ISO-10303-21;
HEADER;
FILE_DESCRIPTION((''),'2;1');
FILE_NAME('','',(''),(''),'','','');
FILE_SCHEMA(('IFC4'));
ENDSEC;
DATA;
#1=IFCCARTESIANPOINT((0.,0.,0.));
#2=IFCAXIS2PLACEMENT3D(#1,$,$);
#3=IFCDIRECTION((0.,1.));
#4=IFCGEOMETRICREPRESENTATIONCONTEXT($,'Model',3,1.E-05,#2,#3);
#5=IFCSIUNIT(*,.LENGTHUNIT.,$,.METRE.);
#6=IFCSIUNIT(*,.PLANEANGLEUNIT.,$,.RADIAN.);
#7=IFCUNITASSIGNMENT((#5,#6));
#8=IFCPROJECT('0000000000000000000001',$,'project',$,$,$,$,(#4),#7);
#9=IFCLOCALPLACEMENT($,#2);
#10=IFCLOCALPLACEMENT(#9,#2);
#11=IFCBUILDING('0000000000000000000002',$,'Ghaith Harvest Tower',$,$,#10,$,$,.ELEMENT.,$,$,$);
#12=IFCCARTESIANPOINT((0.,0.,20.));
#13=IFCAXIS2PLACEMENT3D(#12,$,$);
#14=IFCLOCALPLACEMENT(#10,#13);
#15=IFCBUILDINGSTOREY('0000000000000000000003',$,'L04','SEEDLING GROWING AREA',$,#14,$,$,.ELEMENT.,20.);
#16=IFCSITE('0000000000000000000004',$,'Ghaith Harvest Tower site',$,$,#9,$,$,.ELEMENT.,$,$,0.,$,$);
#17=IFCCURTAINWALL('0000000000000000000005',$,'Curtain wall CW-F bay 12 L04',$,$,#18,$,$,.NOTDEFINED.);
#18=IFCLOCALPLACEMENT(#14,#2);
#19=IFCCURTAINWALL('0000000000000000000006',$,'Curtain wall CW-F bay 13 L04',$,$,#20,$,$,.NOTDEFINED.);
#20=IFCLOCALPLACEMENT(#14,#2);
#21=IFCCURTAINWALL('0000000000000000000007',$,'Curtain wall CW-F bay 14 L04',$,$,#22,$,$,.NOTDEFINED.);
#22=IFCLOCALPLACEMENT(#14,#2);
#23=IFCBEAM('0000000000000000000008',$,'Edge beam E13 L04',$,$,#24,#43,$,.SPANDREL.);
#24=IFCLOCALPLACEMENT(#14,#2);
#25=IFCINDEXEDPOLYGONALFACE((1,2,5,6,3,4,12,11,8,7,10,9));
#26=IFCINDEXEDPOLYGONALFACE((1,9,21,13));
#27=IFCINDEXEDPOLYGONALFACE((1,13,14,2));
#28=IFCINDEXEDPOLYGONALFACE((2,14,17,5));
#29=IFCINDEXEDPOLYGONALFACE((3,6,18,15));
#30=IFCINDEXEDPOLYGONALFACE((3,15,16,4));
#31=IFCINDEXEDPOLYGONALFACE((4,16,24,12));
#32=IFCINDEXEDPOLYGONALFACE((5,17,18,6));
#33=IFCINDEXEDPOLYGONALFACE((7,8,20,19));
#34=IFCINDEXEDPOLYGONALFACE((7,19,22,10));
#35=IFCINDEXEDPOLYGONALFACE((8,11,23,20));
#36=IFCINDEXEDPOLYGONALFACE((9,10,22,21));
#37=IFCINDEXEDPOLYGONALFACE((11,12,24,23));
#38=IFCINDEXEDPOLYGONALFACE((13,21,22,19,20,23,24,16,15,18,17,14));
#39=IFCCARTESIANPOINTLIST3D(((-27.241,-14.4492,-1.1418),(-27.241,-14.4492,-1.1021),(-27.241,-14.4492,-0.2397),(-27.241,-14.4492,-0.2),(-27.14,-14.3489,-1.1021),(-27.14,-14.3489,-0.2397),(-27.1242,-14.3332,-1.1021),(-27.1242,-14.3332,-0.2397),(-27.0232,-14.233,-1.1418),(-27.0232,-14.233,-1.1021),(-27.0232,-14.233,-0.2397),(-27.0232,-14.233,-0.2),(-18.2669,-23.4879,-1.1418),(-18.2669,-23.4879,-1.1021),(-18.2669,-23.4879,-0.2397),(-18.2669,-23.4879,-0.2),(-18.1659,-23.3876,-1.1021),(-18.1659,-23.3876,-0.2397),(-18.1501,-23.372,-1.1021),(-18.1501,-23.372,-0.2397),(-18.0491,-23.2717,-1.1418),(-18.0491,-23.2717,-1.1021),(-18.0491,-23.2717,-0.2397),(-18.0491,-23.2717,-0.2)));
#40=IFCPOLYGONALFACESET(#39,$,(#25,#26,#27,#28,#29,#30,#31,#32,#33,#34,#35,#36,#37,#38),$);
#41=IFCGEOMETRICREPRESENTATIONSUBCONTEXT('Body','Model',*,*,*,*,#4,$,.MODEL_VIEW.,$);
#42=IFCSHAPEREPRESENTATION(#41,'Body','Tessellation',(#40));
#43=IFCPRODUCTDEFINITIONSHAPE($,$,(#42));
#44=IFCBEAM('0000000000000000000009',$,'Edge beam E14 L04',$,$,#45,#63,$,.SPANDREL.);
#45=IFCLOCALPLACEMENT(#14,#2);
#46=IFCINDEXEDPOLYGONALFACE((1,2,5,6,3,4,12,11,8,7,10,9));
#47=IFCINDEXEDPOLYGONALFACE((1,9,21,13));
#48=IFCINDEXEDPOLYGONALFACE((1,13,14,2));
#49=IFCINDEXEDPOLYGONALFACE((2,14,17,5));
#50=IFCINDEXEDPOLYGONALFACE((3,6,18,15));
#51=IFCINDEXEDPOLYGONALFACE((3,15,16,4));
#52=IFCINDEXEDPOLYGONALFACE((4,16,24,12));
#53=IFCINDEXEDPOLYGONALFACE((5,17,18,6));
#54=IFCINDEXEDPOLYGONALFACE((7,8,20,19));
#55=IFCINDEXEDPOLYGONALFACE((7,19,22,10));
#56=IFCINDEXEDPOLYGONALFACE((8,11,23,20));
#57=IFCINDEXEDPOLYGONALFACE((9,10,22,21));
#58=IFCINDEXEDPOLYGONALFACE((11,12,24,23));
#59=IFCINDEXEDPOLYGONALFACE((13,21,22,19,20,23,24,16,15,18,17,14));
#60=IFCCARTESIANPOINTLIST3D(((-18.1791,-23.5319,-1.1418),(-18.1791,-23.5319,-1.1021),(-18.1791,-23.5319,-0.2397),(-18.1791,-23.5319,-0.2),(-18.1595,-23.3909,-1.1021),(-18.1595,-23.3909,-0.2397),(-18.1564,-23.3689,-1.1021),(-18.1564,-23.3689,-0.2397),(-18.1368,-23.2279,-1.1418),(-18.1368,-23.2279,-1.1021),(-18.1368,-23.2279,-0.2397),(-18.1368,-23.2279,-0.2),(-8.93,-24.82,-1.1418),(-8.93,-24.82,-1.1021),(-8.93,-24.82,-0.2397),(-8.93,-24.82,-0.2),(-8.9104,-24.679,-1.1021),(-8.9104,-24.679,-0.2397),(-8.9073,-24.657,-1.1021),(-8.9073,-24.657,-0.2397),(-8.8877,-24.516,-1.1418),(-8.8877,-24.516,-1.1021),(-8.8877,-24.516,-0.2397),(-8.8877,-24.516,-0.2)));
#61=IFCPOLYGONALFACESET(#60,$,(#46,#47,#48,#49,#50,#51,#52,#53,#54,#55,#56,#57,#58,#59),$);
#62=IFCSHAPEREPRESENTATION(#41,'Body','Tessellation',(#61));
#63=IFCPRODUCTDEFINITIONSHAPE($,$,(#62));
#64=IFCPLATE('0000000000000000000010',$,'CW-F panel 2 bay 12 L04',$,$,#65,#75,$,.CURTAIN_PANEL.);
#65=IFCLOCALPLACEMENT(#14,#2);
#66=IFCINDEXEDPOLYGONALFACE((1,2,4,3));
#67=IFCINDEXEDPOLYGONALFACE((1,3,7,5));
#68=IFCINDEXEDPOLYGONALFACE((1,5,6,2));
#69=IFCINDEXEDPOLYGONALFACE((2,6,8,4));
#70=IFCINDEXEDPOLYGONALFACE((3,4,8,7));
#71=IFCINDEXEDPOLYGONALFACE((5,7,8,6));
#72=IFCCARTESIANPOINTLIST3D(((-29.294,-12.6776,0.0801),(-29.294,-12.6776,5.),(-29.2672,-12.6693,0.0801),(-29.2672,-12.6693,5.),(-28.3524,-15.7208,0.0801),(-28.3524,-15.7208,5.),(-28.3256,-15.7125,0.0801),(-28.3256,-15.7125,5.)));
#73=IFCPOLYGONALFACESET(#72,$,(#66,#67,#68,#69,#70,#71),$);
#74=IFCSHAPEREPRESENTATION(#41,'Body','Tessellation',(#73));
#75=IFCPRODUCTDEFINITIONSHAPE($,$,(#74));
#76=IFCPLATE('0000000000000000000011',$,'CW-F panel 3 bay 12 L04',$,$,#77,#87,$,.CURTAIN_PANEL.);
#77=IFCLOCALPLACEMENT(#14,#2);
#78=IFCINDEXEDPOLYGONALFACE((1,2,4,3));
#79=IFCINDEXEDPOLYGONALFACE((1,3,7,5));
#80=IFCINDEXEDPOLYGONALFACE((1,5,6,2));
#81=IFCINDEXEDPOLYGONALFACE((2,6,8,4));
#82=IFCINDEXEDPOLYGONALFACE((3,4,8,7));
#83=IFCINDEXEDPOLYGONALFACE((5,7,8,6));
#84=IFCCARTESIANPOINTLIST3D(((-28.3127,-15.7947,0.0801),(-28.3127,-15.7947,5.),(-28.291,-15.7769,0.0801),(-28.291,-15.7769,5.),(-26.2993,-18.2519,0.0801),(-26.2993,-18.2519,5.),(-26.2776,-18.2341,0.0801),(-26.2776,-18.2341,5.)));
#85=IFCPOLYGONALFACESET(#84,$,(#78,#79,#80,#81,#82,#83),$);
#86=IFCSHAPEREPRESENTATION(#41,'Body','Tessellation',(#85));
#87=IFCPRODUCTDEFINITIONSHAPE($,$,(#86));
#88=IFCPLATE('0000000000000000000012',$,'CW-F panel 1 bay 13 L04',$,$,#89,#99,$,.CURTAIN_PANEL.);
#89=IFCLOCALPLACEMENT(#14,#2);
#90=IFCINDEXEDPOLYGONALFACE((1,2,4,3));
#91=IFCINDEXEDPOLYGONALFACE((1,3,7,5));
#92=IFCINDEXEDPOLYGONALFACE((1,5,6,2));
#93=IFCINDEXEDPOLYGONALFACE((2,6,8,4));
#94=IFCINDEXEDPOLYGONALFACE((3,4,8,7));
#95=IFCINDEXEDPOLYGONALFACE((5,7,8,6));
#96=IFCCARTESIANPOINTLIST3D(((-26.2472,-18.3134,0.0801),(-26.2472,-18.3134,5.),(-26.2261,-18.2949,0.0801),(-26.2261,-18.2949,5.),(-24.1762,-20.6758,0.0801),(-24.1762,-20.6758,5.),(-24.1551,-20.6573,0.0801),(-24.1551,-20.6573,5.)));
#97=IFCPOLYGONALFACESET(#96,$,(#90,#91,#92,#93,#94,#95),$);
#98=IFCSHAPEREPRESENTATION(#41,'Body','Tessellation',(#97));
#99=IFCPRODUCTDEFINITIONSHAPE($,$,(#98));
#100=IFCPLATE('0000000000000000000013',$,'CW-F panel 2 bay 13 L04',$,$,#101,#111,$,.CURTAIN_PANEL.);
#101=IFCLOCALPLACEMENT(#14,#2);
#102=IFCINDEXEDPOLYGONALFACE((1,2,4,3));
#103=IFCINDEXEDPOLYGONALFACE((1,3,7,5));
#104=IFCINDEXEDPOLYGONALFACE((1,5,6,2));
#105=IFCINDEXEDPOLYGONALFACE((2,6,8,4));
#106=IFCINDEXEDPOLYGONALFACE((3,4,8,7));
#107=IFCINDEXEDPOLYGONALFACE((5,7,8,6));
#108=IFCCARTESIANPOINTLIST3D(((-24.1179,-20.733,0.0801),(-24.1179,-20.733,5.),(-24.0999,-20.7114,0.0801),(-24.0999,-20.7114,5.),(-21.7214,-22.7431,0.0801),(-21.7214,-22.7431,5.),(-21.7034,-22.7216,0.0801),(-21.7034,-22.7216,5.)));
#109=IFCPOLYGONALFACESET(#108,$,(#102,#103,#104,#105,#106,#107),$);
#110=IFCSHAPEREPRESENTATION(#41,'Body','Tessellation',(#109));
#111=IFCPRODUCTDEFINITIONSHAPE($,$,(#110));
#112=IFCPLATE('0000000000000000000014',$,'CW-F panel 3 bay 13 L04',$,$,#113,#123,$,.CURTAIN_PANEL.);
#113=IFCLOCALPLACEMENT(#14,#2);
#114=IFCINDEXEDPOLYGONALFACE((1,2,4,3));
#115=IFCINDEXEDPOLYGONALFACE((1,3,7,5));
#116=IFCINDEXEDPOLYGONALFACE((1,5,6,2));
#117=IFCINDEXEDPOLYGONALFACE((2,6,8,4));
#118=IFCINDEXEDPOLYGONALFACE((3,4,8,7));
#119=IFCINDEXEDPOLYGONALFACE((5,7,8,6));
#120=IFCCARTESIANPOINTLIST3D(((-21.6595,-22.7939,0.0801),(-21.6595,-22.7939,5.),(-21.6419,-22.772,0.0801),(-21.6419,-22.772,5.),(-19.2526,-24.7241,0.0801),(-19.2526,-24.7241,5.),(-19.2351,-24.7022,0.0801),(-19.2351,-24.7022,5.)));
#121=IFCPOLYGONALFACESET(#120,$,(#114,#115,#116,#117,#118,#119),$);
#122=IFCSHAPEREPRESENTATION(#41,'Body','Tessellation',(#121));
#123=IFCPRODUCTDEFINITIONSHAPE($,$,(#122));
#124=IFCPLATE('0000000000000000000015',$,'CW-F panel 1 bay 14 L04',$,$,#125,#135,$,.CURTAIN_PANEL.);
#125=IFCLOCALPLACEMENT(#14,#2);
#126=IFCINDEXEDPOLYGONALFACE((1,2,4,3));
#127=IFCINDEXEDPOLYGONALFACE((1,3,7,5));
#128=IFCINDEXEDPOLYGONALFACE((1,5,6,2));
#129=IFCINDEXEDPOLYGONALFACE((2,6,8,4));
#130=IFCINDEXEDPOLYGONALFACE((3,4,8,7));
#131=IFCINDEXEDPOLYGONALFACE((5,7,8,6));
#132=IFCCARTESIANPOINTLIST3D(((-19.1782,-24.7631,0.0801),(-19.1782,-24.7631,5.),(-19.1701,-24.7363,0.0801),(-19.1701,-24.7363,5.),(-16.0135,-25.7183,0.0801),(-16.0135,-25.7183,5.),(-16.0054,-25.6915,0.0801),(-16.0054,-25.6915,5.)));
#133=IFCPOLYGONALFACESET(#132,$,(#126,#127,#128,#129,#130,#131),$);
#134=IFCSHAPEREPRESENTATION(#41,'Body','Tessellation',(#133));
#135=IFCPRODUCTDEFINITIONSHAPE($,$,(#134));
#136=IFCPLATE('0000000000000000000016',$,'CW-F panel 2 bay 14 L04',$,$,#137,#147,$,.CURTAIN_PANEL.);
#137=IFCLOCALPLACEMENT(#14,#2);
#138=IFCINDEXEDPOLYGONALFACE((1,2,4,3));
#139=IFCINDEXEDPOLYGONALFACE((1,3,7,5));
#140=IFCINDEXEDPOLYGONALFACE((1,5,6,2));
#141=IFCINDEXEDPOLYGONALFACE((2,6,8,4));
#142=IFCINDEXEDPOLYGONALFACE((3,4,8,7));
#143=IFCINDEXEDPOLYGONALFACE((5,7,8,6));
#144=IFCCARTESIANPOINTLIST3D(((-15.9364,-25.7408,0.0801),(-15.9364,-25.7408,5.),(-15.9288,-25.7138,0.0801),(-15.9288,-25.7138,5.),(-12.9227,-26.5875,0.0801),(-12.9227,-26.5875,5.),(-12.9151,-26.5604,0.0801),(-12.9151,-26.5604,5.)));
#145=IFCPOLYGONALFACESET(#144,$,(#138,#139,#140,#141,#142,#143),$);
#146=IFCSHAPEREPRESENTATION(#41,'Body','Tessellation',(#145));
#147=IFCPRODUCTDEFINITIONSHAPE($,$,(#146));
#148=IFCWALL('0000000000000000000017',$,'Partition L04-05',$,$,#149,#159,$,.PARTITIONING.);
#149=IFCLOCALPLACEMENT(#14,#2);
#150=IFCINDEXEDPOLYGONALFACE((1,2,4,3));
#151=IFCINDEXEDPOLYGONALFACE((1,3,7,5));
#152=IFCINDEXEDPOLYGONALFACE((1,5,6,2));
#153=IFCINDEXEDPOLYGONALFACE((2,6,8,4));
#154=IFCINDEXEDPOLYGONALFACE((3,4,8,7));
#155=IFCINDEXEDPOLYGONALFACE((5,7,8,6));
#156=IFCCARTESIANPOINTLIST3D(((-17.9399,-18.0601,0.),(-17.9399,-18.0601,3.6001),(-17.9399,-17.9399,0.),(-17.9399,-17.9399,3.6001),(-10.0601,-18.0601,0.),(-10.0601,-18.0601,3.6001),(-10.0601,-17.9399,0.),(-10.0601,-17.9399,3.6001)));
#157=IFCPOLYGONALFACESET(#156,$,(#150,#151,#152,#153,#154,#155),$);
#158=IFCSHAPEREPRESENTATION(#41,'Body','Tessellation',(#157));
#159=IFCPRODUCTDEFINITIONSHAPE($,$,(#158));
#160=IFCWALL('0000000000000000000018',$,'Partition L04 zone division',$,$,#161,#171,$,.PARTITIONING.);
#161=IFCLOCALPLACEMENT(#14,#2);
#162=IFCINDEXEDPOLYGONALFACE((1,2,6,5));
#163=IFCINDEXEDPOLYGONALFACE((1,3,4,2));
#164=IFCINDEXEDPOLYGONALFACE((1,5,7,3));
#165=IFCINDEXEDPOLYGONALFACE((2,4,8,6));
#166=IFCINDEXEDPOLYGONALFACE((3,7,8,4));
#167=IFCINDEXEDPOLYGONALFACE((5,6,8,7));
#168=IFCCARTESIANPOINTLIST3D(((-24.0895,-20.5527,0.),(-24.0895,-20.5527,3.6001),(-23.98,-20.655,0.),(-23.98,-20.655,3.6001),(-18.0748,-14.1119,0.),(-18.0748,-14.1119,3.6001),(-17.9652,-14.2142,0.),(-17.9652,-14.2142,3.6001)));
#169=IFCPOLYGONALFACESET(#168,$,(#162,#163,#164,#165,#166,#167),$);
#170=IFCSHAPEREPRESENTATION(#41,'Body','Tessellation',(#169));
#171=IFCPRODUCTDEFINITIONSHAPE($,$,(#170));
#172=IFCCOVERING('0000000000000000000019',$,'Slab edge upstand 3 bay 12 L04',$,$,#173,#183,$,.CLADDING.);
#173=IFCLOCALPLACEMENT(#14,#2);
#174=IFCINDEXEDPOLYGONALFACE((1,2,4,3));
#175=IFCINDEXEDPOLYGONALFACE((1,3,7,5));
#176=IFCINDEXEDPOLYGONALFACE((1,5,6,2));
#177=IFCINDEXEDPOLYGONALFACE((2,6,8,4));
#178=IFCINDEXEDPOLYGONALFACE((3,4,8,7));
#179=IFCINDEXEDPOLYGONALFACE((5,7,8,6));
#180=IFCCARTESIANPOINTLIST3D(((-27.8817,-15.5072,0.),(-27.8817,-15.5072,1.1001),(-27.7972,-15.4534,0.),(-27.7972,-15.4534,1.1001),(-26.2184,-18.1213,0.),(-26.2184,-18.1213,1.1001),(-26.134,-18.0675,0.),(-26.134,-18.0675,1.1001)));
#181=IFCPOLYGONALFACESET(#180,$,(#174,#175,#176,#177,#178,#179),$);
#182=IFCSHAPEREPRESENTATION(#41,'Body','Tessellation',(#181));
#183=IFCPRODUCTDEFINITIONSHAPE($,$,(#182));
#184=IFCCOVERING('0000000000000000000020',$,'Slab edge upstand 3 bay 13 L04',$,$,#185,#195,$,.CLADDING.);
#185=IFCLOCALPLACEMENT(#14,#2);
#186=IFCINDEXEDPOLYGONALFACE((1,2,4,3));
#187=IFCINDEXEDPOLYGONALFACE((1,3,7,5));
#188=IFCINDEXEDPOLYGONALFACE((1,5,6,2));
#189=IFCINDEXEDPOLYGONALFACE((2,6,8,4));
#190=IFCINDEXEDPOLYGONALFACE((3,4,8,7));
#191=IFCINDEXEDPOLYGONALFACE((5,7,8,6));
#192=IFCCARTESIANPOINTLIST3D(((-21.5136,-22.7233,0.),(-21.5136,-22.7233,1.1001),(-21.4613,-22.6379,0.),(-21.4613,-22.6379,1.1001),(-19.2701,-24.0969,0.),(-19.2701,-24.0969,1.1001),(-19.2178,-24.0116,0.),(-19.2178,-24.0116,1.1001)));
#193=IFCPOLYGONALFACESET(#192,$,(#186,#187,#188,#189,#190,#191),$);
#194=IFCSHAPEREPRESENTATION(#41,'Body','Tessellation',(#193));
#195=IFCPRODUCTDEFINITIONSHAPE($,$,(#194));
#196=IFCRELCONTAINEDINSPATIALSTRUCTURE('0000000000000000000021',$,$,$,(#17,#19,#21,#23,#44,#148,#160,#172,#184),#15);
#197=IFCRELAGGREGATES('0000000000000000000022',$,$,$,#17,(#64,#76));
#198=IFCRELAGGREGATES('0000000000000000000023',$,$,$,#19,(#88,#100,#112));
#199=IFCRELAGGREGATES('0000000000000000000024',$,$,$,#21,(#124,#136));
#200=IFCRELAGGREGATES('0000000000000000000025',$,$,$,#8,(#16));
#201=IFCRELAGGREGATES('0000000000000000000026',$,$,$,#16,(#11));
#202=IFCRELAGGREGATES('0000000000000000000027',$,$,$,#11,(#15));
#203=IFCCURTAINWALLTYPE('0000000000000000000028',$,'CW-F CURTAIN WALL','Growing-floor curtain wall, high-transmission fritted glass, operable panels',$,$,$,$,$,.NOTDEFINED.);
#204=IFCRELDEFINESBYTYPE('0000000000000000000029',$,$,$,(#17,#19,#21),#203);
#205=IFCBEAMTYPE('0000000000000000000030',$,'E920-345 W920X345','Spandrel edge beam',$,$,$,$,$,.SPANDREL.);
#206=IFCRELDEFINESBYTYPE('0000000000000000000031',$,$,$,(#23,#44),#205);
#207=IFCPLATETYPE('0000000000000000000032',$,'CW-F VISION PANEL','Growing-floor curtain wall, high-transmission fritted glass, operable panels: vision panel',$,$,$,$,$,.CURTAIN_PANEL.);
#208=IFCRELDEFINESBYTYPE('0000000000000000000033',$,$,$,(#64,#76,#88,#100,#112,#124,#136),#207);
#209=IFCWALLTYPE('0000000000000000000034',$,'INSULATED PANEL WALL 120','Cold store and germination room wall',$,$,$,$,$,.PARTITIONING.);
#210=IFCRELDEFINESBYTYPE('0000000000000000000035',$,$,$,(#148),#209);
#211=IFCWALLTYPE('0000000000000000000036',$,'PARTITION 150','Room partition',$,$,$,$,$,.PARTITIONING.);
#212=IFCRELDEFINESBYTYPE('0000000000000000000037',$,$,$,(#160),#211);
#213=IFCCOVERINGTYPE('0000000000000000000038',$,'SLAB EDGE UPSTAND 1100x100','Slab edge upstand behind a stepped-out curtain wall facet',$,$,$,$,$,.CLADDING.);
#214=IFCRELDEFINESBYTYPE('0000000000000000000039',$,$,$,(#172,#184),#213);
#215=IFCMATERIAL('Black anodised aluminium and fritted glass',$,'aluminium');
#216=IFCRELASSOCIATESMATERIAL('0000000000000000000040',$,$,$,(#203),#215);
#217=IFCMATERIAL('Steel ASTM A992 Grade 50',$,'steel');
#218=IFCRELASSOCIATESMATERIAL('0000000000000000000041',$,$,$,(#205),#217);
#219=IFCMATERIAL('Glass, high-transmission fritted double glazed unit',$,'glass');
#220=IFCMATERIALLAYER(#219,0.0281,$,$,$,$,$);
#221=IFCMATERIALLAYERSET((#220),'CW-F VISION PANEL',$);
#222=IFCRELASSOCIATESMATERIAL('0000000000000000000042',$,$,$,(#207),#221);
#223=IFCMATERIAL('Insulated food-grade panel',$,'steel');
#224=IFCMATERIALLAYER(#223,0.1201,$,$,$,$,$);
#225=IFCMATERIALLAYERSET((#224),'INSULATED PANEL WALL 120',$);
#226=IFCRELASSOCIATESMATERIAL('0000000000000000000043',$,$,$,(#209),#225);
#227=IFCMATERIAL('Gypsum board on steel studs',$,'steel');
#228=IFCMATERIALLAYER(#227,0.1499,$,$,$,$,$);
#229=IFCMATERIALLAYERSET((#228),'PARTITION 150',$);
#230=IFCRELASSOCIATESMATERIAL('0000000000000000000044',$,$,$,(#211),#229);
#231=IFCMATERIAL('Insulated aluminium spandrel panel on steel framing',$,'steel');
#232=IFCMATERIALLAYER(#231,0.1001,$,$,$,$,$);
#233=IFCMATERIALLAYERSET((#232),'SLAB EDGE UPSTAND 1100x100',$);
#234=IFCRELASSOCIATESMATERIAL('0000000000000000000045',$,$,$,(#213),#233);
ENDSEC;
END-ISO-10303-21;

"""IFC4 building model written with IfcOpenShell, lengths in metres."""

from ifc_helpers import new_model, si_unit, direction, frame, frame_2d, origin, origin_2d, place, context, subcontext, project, spatial, rectangle, i_section, extrude, material, layer, layer_set, material_profile, profile_set, type_object, element, aggregate, save


model = new_model("IFC4")

# Units and contexts
model_context = context("Model", 3, precision=1e-05, world=origin(), true_north=direction((0.0, 1.0)))
body_context = subcontext(model_context, "Body", "Model", "MODEL_VIEW")
ifc_project = project(units=[si_unit("LENGTHUNIT", "METRE"), si_unit("PLANEANGLEUNIT", "RADIAN")], contexts=[model_context])

# Site, building, storey
site_placement = place(None, origin())
site = spatial("IfcSite", under=ifc_project, at=site_placement, Name="Ghaith Harvest Tower site", CompositionType="ELEMENT", RefElevation=0.0)
building_placement = place(site_placement, origin())
building = spatial("IfcBuilding", under=site, at=building_placement, Name="Ghaith Harvest Tower", CompositionType="ELEMENT")
storey_placement = place(building_placement, frame((0.0, 0.0, 20.0)))
storey = spatial("IfcBuildingStorey", under=building, at=storey_placement, Name="L04", Description="SEEDLING GROWING AREA", CompositionType="ELEMENT", Elevation=20.0)

# Curtain wall
ifc_material_1 = material(Name="Black anodised aluminium and fritted glass", Category="aluminium")
curtain_wall_type = type_object("IfcCurtainWallType", Name="CW-F CURTAIN WALL", Description="Growing-floor curtain wall, high-transmission fritted glass, operable panels", PredefinedType="NOTDEFINED", material=ifc_material_1)
curtain_wall_1_placement = place(storey_placement, origin())
curtain_wall_1 = element("IfcCurtainWall", 1, at=curtain_wall_1_placement, inside=storey, type_object=curtain_wall_type, Name="Curtain wall CW-F bay 12 L04", PredefinedType="NOTDEFINED")

# Curtain walls
curtain_wall_2_placement = place(storey_placement, origin())
curtain_wall_2 = element("IfcCurtainWall", 2, at=curtain_wall_2_placement, inside=storey, type_object=curtain_wall_type, Name="Curtain wall CW-F bay 13 L04", PredefinedType="NOTDEFINED")
curtain_wall_3_placement = place(storey_placement, origin())
curtain_wall_3 = element("IfcCurtainWall", 3, at=curtain_wall_3_placement, inside=storey, type_object=curtain_wall_type, Name="Curtain wall CW-F bay 14 L04", PredefinedType="NOTDEFINED")

# Beams
ifc_material_2 = material(Name="Steel ASTM A992 Grade 50", Category="steel")
ifc_material_profile_1 = material_profile(ifc_material_2, i_section(OverallWidth=0.3069, OverallDepth=0.9419, WebThickness=0.0222, FlangeThickness=0.0398, at=origin_2d()), Name="W920X345")
ifc_profile_set_1 = profile_set([ifc_material_profile_1], Name="Steel ASTM A992 Grade 50")
beam_type = type_object("IfcBeamType", Name="E920-345 W920X345", Description="Spandrel edge beam", PredefinedType="SPANDREL", material=ifc_profile_set_1)
beam_1_placement = place(storey_placement, frame((-27.1321, -14.3411, -0.6709), z_axis=(0.704563, -0.709642, 0.0), x_axis=(0.709642, 0.704563, 0.0)))
element("IfcBeam", 4, at=beam_1_placement, inside=storey, type_object=beam_type, Name="Edge beam E13 L04", PredefinedType="SPANDREL", context=body_context, shape_type="SweptSolid", body=[
    extrude(i_section(OverallWidth=0.3069, OverallDepth=0.9419, WebThickness=0.0222, FlangeThickness=0.0398, at=origin_2d()), origin(), (0.0, 0.0, 1.0), 12.7371),
])
beam_2_placement = place(storey_placement, frame((-18.158, -23.3799, -0.6709), z_axis=(0.990441, -0.137936, 0.0), x_axis=(0.137936, 0.990441, 0.0)))
element("IfcBeam", 5, at=beam_2_placement, inside=storey, type_object=beam_type, Name="Edge beam E14 L04", PredefinedType="SPANDREL", context=body_context, shape_type="SweptSolid", body=[
    extrude(i_section(OverallWidth=0.3069, OverallDepth=0.9419, WebThickness=0.0222, FlangeThickness=0.0398, at=origin_2d()), origin(), (0.0, 0.0, 1.0), 9.3384),
])

# Plates
ifc_material_3 = material(Name="Glass, high-transmission fritted double glazed unit", Category="glass")
ifc_layer_1 = layer(ifc_material_3, 0.0281)
ifc_layer_set_1 = layer_set([ifc_layer_1], Name="CW-F VISION PANEL")
plate_type = type_object("IfcPlateType", Name="CW-F VISION PANEL", Description="Growing-floor curtain wall, high-transmission fritted glass, operable panels: vision panel", PredefinedType="CURTAIN_PANEL", material=ifc_layer_set_1)
plate_1_placement = place(storey_placement, frame((-28.8098, -14.1951, 0.0801), z_axis=(0.0, 0.0, 1.0), x_axis=(0.295583, -0.955317, 0.0)))
plate_1 = element("IfcPlate", 6, at=plate_1_placement, type_object=plate_type, Name="CW-F panel 2 bay 12 L04", PredefinedType="CURTAIN_PANEL", context=body_context, shape_type="SweptSolid", body=[
    extrude(rectangle(XDim=3.1855, YDim=0.0281, at=origin_2d()), origin(), (0.0, 0.0, 1.0), 4.9199),
])
plate_2_placement = place(storey_placement, frame((-27.2952, -17.0144, 0.0801), z_axis=(0.0, 0.0, 1.0), x_axis=(0.63379, -0.773505, 0.0)))
plate_2 = element("IfcPlate", 7, at=plate_2_placement, type_object=plate_type, Name="CW-F panel 3 bay 12 L04", PredefinedType="CURTAIN_PANEL", context=body_context, shape_type="SweptSolid", body=[
    extrude(rectangle(XDim=3.1768, YDim=0.0281, at=origin_2d()), origin(), (0.0, 0.0, 1.0), 4.9199),
])
aggregate(curtain_wall_1, [plate_1, plate_2])
plate_3_placement = place(storey_placement, frame((-25.2012, -19.4854, 0.0801), z_axis=(0.0, 0.0, 1.0), x_axis=(0.659216, -0.751954, 0.0)))
plate_3 = element("IfcPlate", 8, at=plate_3_placement, type_object=plate_type, Name="CW-F panel 1 bay 13 L04", PredefinedType="CURTAIN_PANEL", context=body_context, shape_type="SweptSolid", body=[
    extrude(rectangle(XDim=3.1416, YDim=0.0281, at=origin_2d()), origin(), (0.0, 0.0, 1.0), 4.9199),
])
plate_4_placement = place(storey_placement, frame((-22.9106, -21.7273, 0.0801), z_axis=(0.0, 0.0, 1.0), x_axis=(0.766155, -0.642656, 0.0)))
plate_4 = element("IfcPlate", 9, at=plate_4_placement, type_object=plate_type, Name="CW-F panel 2 bay 13 L04", PredefinedType="CURTAIN_PANEL", context=body_context, shape_type="SweptSolid", body=[
    extrude(rectangle(XDim=3.1279, YDim=0.0281, at=origin_2d()), origin(), (0.0, 0.0, 1.0), 4.9199),
])
plate_5_placement = place(storey_placement, frame((-20.4473, -23.748, 0.0801), z_axis=(0.0, 0.0, 1.0), x_axis=(0.780122, -0.625627, 0.0)))
plate_5 = element("IfcPlate", 10, at=plate_5_placement, type_object=plate_type, Name="CW-F panel 3 bay 13 L04", PredefinedType="CURTAIN_PANEL", context=body_context, shape_type="SweptSolid", body=[
    extrude(rectangle(XDim=3.0852, YDim=0.0281, at=origin_2d()), origin(), (0.0, 0.0, 1.0), 4.9199),
])
aggregate(curtain_wall_2, [plate_3, plate_4, plate_5])
plate_6_placement = place(storey_placement, frame((-17.5918, -25.2273, 0.0801), z_axis=(0.0, 0.0, 1.0), x_axis=(0.957342, -0.288956, 0.0)))
plate_6 = element("IfcPlate", 11, at=plate_6_placement, type_object=plate_type, Name="CW-F panel 1 bay 14 L04", PredefinedType="CURTAIN_PANEL", context=body_context, shape_type="SweptSolid", body=[
    extrude(rectangle(XDim=3.3057, YDim=0.0281, at=origin_2d()), origin(), (0.0, 0.0, 1.0), 4.9199),
])
plate_7_placement = place(storey_placement, frame((-14.4258, -26.1506, 0.0801), z_axis=(0.0, 0.0, 1.0), x_axis=(0.96273, -0.270465, 0.0)))
plate_7 = element("IfcPlate", 12, at=plate_7_placement, type_object=plate_type, Name="CW-F panel 2 bay 14 L04", PredefinedType="CURTAIN_PANEL", context=body_context, shape_type="SweptSolid", body=[
    extrude(rectangle(XDim=3.1304, YDim=0.0281, at=origin_2d()), origin(), (0.0, 0.0, 1.0), 4.9199),
])
aggregate(curtain_wall_3, [plate_6, plate_7])

# Walls
ifc_material_4 = material(Name="Insulated food-grade panel", Category="steel")
ifc_layer_2 = layer(ifc_material_4, 0.1201)
ifc_layer_set_2 = layer_set([ifc_layer_2], Name="INSULATED PANEL WALL 120")
wall_type_1 = type_object("IfcWallType", Name="INSULATED PANEL WALL 120", Description="Cold store and germination room wall", PredefinedType="PARTITIONING", material=ifc_layer_set_2)
wall_1_placement = place(storey_placement, frame((-17.9399, -18.0, 0.0), z_axis=(0.0, 0.0, 1.0), x_axis=(1.0, 0.0, 0.0)))
element("IfcWall", 13, at=wall_1_placement, inside=storey, type_object=wall_type_1, Name="Partition L04-05", PredefinedType="PARTITIONING", context=body_context, shape_type="SweptSolid", body=[
    extrude(rectangle(XDim=7.8799, YDim=0.1201, at=frame_2d((3.9399, 0.0))), origin(), (0.0, 0.0, 1.0), 3.6001),
])
ifc_material_5 = material(Name="Gypsum board on steel studs", Category="steel")
ifc_layer_3 = layer(ifc_material_5, 0.1499)
ifc_layer_set_3 = layer_set([ifc_layer_3], Name="PARTITION 150")
wall_type_2 = type_object("IfcWallType", Name="PARTITION 150", Description="Room partition", PredefinedType="PARTITIONING", material=ifc_layer_set_3)
wall_2_placement = place(storey_placement, frame((-18.02, -14.1631, 0.0), z_axis=(0.0, 0.0, 1.0), x_axis=(-0.682522, -0.730865, 0.0)))
element("IfcWall", 14, at=wall_2_placement, inside=storey, type_object=wall_type_2, Name="Partition L04 zone division", PredefinedType="PARTITIONING", context=body_context, shape_type="SweptSolid", body=[
    extrude(rectangle(XDim=8.8125, YDim=0.1499, at=frame_2d((4.4062, 0.0))), origin(), (0.0, 0.0, 1.0), 3.6001),
])

# Coverings
ifc_material_6 = material(Name="Insulated aluminium spandrel panel on steel framing", Category="steel")
ifc_layer_4 = layer(ifc_material_6, 0.1001)
ifc_layer_set_4 = layer_set([ifc_layer_4], Name="SLAB EDGE UPSTAND 1100x100")
covering_type = type_object("IfcCoveringType", Name="SLAB EDGE UPSTAND 1100x100", Description="Slab edge upstand behind a stepped-out curtain wall facet", PredefinedType="CLADDING", material=ifc_layer_set_4)
covering_1_placement = place(storey_placement, frame((-27.0078, -16.7874, 0.0), z_axis=(0.0, 0.0, 1.0), x_axis=(0.536807, -0.843705, 0.0)))
element("IfcCovering", 15, at=covering_1_placement, inside=storey, type_object=covering_type, Name="Slab edge upstand 3 bay 12 L04", PredefinedType="CLADDING", context=body_context, shape_type="SweptSolid", body=[
    extrude(rectangle(XDim=3.0984, YDim=0.1001, at=origin_2d()), origin(), (0.0, 0.0, 1.0), 1.1001),
])
covering_2_placement = place(storey_placement, frame((-20.3657, -23.3674, 0.0), z_axis=(0.0, 0.0, 1.0), x_axis=(0.852847, -0.522161, 0.0)))
element("IfcCovering", 16, at=covering_2_placement, inside=storey, type_object=covering_type, Name="Slab edge upstand 3 bay 13 L04", PredefinedType="CLADDING", context=body_context, shape_type="SweptSolid", body=[
    extrude(rectangle(XDim=2.6306, YDim=0.1001, at=origin_2d()), origin(), (0.0, 0.0, 1.0), 1.1001),
])

save(model, "model.ifc")
